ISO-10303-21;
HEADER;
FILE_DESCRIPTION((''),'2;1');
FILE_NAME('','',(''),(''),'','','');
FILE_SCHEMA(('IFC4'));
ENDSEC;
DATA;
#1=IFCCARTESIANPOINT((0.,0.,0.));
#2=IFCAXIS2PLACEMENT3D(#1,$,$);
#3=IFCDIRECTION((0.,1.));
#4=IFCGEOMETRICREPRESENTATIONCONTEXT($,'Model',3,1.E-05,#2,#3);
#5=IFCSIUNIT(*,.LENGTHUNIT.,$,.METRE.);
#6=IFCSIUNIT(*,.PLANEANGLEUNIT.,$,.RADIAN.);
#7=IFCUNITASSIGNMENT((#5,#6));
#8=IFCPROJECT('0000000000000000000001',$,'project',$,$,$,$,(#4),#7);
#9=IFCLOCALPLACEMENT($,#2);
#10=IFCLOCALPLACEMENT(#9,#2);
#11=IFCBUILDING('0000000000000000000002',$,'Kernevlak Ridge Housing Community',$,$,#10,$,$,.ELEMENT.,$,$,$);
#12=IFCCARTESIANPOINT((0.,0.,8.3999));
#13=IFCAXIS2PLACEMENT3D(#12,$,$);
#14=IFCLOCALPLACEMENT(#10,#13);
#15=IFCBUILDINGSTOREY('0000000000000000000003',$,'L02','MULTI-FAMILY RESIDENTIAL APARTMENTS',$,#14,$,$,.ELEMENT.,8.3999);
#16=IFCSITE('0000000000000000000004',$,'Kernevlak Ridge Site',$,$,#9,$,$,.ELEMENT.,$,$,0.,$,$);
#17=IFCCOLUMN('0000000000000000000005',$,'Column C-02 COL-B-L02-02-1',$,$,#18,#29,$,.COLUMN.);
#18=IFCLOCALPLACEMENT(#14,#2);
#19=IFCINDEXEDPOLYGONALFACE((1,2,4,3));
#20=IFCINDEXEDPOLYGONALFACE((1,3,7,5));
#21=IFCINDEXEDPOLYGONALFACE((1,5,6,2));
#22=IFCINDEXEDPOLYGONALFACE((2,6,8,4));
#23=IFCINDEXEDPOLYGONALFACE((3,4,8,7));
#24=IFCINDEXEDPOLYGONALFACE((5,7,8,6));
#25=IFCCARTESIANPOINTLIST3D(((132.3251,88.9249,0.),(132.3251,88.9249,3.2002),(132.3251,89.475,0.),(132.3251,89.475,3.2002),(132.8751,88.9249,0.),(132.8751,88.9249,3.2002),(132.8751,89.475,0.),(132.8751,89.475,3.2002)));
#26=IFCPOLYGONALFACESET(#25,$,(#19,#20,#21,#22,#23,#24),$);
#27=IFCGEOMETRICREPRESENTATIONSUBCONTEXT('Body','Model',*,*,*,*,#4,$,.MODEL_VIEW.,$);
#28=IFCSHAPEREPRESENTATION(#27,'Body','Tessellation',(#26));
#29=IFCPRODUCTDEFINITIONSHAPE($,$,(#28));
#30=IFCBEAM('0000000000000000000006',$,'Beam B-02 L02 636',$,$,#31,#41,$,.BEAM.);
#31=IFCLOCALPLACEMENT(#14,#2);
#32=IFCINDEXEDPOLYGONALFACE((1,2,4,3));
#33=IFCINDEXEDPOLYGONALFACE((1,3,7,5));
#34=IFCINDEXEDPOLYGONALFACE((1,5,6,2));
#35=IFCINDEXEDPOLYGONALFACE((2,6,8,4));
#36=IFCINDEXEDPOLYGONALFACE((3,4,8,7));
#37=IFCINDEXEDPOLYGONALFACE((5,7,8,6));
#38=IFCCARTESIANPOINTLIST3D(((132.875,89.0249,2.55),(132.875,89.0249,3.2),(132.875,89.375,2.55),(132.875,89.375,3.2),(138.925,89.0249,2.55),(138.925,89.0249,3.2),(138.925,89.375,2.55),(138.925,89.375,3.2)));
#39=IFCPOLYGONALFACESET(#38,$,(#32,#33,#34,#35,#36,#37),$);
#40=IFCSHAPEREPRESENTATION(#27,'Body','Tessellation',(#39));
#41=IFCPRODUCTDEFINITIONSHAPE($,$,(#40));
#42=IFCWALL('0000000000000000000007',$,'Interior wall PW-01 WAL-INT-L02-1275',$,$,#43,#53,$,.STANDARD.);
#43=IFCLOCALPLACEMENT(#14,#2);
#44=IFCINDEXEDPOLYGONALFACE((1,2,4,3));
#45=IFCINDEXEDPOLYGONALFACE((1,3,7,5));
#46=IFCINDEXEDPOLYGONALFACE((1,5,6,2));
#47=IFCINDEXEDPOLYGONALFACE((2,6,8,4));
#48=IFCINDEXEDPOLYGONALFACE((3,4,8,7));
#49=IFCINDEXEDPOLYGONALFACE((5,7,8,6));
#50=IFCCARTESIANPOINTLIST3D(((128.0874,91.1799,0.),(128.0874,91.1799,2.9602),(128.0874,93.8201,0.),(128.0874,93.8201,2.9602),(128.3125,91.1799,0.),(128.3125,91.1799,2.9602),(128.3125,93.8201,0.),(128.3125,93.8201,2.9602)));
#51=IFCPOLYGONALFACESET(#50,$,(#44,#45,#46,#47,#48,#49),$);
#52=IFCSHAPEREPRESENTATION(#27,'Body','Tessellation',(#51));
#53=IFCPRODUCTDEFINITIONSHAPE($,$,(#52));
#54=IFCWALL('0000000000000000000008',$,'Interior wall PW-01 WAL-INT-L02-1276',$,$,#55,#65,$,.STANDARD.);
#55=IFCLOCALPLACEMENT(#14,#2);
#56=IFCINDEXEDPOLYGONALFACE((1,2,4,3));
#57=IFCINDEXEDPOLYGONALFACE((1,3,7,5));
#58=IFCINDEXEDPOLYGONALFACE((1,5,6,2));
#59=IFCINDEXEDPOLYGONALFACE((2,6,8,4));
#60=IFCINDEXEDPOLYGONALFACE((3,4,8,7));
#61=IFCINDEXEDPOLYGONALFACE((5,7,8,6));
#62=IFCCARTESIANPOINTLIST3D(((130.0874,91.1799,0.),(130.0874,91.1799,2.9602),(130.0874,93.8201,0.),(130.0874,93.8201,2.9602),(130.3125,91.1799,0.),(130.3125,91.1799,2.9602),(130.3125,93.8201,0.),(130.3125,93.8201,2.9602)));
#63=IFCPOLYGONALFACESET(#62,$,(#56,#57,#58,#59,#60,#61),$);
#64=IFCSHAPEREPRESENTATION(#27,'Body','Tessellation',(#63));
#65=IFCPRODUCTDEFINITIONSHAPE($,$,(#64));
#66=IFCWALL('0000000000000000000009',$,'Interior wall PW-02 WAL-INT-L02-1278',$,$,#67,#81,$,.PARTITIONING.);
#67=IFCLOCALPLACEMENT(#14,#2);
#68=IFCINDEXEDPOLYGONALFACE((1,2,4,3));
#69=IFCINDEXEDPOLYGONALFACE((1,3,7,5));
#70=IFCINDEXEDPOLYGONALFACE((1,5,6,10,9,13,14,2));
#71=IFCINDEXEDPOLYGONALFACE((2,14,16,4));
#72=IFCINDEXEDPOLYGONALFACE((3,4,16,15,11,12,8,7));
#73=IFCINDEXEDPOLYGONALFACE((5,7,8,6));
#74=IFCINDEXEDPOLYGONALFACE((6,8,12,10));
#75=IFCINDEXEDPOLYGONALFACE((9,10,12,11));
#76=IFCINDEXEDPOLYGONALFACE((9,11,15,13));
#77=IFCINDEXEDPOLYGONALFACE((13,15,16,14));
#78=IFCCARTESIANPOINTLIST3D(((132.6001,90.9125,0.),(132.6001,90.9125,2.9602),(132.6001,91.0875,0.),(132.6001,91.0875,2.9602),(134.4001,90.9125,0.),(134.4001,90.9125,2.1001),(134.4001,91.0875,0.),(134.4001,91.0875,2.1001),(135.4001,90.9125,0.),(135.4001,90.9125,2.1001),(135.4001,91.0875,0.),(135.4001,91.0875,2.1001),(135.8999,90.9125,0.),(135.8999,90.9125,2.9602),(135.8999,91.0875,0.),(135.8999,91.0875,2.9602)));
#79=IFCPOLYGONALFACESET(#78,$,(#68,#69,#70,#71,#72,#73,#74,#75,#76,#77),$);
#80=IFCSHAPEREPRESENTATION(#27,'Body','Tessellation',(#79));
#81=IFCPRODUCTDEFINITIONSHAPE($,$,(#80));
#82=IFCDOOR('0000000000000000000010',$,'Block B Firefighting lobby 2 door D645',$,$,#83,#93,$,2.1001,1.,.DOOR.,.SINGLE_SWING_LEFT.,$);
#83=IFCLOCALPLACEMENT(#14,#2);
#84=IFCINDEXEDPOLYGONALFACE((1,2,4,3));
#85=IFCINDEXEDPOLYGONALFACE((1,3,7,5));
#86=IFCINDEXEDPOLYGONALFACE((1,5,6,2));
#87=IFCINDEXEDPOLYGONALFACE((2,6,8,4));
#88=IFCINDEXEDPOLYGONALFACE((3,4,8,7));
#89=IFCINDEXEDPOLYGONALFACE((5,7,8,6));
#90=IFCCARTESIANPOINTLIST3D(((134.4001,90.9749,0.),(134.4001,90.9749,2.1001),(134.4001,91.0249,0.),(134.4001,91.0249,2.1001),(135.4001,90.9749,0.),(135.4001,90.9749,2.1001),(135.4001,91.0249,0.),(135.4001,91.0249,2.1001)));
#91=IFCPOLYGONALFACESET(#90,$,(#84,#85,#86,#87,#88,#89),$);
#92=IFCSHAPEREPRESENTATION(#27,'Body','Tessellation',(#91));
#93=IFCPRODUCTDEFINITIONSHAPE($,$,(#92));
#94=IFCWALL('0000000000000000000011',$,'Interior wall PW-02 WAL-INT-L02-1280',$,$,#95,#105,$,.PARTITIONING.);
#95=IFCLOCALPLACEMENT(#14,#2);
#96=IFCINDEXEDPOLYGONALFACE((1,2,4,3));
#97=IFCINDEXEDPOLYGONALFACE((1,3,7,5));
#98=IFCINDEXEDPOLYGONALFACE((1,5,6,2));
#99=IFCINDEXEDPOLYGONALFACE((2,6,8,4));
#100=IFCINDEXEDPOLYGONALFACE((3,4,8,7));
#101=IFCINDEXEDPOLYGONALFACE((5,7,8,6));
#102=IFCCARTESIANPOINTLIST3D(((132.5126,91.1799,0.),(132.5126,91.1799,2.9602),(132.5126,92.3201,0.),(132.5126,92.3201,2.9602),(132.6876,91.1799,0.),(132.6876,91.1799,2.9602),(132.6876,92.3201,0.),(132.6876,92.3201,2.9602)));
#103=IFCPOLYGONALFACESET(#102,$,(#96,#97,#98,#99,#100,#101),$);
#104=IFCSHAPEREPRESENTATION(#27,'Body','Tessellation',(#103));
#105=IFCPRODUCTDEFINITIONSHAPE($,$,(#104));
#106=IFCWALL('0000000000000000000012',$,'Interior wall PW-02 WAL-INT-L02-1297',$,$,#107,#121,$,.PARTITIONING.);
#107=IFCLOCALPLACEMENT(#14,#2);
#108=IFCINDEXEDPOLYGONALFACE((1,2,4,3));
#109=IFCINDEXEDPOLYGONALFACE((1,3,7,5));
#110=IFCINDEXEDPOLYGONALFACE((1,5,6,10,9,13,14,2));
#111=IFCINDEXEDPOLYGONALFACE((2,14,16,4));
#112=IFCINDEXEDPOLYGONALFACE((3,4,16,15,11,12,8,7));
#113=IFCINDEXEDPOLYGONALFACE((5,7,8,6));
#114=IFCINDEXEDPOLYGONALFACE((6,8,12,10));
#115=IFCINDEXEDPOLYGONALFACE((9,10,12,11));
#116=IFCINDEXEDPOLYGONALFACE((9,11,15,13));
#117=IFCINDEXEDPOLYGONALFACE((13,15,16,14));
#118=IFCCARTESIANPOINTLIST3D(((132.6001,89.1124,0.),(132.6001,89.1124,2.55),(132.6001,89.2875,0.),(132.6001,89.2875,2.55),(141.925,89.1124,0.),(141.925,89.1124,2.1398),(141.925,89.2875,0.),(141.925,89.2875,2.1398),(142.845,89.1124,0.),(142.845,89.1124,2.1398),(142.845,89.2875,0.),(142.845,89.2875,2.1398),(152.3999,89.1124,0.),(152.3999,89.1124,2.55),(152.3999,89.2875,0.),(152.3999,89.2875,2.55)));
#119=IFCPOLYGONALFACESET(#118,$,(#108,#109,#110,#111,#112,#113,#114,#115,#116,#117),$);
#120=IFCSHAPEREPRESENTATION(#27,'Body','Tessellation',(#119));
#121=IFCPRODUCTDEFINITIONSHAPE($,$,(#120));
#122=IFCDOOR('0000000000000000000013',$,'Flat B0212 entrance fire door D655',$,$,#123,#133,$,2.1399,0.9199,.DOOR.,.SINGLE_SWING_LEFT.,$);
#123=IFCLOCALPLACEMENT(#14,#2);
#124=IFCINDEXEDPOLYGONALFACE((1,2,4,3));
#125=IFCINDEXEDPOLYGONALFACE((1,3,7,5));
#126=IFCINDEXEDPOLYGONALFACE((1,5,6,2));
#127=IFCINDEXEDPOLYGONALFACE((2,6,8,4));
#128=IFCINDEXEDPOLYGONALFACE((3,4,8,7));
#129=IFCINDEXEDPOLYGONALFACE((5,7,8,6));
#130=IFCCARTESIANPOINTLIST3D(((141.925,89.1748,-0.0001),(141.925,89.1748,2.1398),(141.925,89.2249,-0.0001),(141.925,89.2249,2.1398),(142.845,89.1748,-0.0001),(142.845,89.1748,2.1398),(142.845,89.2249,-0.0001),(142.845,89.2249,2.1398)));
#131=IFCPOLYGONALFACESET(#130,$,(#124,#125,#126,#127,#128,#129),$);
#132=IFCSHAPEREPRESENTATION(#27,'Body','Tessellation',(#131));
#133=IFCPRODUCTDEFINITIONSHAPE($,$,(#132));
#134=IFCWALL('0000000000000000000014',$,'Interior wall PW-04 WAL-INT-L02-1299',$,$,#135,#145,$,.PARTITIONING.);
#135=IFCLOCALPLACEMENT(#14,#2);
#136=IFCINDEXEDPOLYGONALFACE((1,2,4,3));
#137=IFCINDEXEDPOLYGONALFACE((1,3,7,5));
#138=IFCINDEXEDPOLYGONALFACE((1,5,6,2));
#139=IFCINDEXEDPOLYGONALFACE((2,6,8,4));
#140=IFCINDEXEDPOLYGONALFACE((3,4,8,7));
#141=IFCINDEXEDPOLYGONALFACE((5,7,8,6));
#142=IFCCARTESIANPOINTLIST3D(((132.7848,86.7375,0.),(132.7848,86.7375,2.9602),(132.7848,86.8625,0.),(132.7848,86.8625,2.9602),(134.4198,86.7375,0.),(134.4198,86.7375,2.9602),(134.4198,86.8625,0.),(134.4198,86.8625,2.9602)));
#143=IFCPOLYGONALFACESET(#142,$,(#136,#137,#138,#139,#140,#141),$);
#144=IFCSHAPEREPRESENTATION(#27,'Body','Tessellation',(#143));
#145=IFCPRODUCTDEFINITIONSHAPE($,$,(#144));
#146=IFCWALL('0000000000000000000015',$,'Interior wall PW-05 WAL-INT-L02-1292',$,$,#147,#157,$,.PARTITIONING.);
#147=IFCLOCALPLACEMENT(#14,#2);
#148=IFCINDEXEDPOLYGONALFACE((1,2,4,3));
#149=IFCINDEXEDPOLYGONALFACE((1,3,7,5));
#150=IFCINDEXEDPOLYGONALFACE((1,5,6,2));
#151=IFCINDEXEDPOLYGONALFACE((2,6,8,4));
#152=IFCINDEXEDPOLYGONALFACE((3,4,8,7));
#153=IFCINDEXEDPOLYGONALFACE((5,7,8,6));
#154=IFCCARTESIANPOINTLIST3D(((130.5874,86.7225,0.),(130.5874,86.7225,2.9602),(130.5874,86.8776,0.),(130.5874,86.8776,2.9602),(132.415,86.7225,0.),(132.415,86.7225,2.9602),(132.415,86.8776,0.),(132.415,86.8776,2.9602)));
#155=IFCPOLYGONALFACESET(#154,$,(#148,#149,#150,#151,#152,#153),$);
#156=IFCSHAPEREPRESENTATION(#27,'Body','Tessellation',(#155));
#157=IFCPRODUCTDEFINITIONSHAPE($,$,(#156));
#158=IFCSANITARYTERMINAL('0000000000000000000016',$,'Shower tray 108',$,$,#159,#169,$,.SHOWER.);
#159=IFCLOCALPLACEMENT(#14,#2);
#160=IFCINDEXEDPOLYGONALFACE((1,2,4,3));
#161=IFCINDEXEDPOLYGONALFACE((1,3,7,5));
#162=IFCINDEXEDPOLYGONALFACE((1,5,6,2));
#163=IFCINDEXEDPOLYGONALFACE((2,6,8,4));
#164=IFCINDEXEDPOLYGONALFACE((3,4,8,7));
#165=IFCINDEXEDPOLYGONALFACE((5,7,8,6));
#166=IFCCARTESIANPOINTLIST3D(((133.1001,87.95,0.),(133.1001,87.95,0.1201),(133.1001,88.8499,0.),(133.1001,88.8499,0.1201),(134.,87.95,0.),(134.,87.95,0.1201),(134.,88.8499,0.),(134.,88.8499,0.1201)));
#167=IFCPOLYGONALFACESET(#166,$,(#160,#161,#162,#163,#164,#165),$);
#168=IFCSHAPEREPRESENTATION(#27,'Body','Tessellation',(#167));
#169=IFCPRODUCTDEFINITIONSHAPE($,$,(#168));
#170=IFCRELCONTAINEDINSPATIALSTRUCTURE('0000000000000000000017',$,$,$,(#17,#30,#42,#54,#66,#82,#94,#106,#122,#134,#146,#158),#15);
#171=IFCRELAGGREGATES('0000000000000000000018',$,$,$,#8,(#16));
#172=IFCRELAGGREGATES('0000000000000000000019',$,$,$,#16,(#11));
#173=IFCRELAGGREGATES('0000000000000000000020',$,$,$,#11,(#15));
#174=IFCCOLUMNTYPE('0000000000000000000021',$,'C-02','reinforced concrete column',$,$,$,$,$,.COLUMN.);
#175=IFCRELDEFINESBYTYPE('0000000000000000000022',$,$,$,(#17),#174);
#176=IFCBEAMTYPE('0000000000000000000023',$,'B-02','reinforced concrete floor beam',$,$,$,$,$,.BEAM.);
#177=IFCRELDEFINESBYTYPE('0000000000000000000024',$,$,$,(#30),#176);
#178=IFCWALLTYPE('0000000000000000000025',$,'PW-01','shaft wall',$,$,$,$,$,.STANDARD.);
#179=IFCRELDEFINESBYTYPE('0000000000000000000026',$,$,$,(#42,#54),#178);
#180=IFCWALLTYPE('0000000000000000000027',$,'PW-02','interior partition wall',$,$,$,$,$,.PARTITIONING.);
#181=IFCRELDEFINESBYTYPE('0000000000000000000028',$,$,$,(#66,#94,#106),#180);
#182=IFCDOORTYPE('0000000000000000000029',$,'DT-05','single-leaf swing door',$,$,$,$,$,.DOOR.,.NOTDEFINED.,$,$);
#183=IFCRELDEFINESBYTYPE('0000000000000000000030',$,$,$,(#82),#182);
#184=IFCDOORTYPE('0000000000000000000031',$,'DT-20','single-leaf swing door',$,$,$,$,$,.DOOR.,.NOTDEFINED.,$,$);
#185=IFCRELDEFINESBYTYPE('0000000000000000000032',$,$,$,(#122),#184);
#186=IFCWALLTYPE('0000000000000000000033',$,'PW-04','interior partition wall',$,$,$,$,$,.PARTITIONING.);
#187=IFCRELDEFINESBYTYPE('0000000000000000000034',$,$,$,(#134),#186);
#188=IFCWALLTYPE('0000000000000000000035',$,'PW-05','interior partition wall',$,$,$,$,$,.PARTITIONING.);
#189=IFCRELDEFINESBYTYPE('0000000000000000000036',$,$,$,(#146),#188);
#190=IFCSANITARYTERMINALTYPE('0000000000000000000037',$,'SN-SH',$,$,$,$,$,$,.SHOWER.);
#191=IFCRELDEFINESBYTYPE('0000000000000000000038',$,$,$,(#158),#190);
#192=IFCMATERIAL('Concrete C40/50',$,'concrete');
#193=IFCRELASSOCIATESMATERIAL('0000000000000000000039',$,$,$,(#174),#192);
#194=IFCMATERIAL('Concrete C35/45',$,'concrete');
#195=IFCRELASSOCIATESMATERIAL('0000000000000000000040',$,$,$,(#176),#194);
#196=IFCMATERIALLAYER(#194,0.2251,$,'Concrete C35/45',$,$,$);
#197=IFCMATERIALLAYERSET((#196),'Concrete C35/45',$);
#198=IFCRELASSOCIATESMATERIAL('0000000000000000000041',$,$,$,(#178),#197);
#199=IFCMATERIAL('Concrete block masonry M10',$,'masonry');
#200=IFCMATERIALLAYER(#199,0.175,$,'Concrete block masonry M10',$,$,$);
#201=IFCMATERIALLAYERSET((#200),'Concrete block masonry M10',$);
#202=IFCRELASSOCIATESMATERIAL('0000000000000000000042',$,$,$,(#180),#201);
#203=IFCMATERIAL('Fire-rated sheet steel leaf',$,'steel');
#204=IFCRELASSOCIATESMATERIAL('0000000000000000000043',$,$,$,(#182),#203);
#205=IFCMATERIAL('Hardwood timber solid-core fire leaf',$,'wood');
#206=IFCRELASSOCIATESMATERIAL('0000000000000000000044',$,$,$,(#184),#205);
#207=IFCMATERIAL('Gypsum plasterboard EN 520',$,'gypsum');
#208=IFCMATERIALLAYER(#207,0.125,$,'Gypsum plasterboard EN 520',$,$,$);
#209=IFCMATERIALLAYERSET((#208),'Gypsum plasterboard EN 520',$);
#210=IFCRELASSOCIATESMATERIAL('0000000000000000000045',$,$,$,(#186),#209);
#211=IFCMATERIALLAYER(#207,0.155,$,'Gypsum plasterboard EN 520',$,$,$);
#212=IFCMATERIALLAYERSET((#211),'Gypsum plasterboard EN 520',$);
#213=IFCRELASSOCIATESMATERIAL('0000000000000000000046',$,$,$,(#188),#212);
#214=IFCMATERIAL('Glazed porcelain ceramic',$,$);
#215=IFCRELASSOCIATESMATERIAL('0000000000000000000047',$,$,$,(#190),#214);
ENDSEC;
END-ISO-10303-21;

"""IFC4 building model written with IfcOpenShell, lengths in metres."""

from ifc_helpers import new_model, si_unit, direction, frame, frame_2d, origin, origin_2d, place, context, subcontext, project, spatial, rectangle, extrude, material, layer, layer_set, material_profile, profile_set, type_object, element, fill, save


model = new_model("IFC4")

# Units and contexts
model_context = context("Model", 3, precision=1e-05, world=origin(), true_north=direction((0.0, 1.0)))
body_context = subcontext(model_context, "Body", "Model", "MODEL_VIEW")
ifc_project = project(units=[si_unit("LENGTHUNIT", "METRE"), si_unit("PLANEANGLEUNIT", "RADIAN")], contexts=[model_context])

# Site, building, storey
site_placement = place(None, origin())
site = spatial("IfcSite", under=ifc_project, at=site_placement, Name="Kernevlak Ridge Site", CompositionType="ELEMENT", RefElevation=0.0)
building_placement = place(site_placement, origin())
building = spatial("IfcBuilding", under=site, at=building_placement, Name="Kernevlak Ridge Housing Community", CompositionType="ELEMENT")
storey_placement = place(building_placement, frame((0.0, 0.0, 8.3999)))
storey = spatial("IfcBuildingStorey", under=building, at=storey_placement, Name="L02", Description="MULTI-FAMILY RESIDENTIAL APARTMENTS", CompositionType="ELEMENT", Elevation=8.3999)

# Column
ifc_material_1 = material(Name="Concrete C40/50", Category="concrete")
ifc_material_profile_1 = material_profile(ifc_material_1, rectangle(XDim=0.55, YDim=0.55, at=origin_2d()), Name="RC 550x550")
ifc_profile_set_1 = profile_set([ifc_material_profile_1], Name="Concrete C40/50")
column_type = type_object("IfcColumnType", Name="C-02", Description="reinforced concrete column", PredefinedType="COLUMN", material=ifc_profile_set_1)
column_placement = place(storey_placement, frame((132.6001, 89.2, 0.0), z_axis=(0.0, 0.0, 1.0), x_axis=(1.0, 0.0, 0.0)))
element("IfcColumn", 1, at=column_placement, inside=storey, type_object=column_type, Name="Column C-02 COL-B-L02-02-1", PredefinedType="COLUMN", context=body_context, shape_type="SweptSolid", body=[
    extrude(rectangle(XDim=0.55, YDim=0.55, at=origin_2d()), origin(), (0.0, 0.0, 1.0), 3.2002),
])

# Beam
ifc_material_2 = material(Name="Concrete C35/45", Category="concrete")
ifc_material_profile_2 = material_profile(ifc_material_2, rectangle(XDim=0.3501, YDim=0.6499, at=origin_2d()), Name="RC 350x650")
ifc_profile_set_2 = profile_set([ifc_material_profile_2], Name="Concrete C35/45")
beam_type = type_object("IfcBeamType", Name="B-02", Description="reinforced concrete floor beam", PredefinedType="BEAM", material=ifc_profile_set_2)
beam_placement = place(storey_placement, frame((132.875, 89.2, 2.875), z_axis=(1.0, 0.0, 0.0), x_axis=(0.0, 1.0, 0.0)))
element("IfcBeam", 2, at=beam_placement, inside=storey, type_object=beam_type, Name="Beam B-02 L02 636", PredefinedType="BEAM", context=body_context, shape_type="SweptSolid", body=[
    extrude(rectangle(XDim=0.3501, YDim=0.6499, at=origin_2d()), origin(), (0.0, 0.0, 1.0), 6.05),
])

# Walls
ifc_layer_1 = layer(ifc_material_2, 0.2251, Name="Concrete C35/45")
ifc_layer_set_1 = layer_set([ifc_layer_1], Name="Concrete C35/45")
wall_type_1 = type_object("IfcWallType", Name="PW-01", Description="shaft wall", PredefinedType="STANDARD", material=ifc_layer_set_1)
for number, where, z_axis, x_axis, name in (
    (3, (128.2, 91.1799, 0.0), (0.0, 0.0, 1.0), (0.0, 1.0, 0.0), "Interior wall PW-01 WAL-INT-L02-1275"),
    (4, (130.2, 91.1799, 0.0), (0.0, 0.0, 1.0), (0.0, 1.0, 0.0), "Interior wall PW-01 WAL-INT-L02-1276"),
):
    element("IfcWall", number, at=place(storey_placement, frame(where, z_axis=z_axis, x_axis=x_axis)), inside=storey, type_object=wall_type_1, Name=name, PredefinedType="STANDARD", context=body_context, shape_type="SweptSolid", body=[
        extrude(rectangle(XDim=2.6401, YDim=0.2251, at=frame_2d((1.3201, 0.0))), origin(), (0.0, 0.0, 1.0), 2.9602),
    ])

# Wall, opening, door
ifc_material_3 = material(Name="Fire-rated sheet steel leaf", Category="steel")
ifc_material_4 = material(Name="Concrete block masonry M10", Category="masonry")
ifc_layer_2 = layer(ifc_material_4, 0.175, Name="Concrete block masonry M10")
ifc_layer_set_2 = layer_set([ifc_layer_2], Name="Concrete block masonry M10")
wall_type_2 = type_object("IfcWallType", Name="PW-02", Description="interior partition wall", PredefinedType="PARTITIONING", material=ifc_layer_set_2)
wall_1_placement = place(storey_placement, frame((132.6001, 91.0, 0.0), z_axis=(0.0, 0.0, 1.0), x_axis=(1.0, 0.0, 0.0)))
wall_1 = element("IfcWall", 5, at=wall_1_placement, inside=storey, type_object=wall_type_2, Name="Interior wall PW-02 WAL-INT-L02-1278", PredefinedType="PARTITIONING", context=body_context, shape_type="SweptSolid", body=[
    extrude(rectangle(XDim=3.2998, YDim=0.175, at=frame_2d((1.6499, 0.0))), origin(), (0.0, 0.0, 1.0), 2.9602),
])
opening_1_placement = place(wall_1_placement, frame((1.8, 0.0, 0.0)))
opening_1 = element("IfcOpeningElement", 6, at=opening_1_placement, cuts=wall_1, PredefinedType="OPENING", context=body_context, shape_type="SweptSolid", body=[
    extrude(rectangle(XDim=1.0, YDim=2.1001, at=frame_2d((0.5, 1.05))), frame((0.0, 0.0974, 0.0), z_axis=(0.0, -1.0, 0.0), x_axis=(1.0, 0.0, 0.0)), (0.0, 0.0, 1.0), 0.1951),
])
door_type_1 = type_object("IfcDoorType", Name="DT-05", Description="single-leaf swing door", OperationType="NOTDEFINED", PredefinedType="DOOR", material=ifc_material_3)
door_1_placement = place(opening_1_placement, origin())
door_1 = element("IfcDoor", 7, at=door_1_placement, inside=storey, type_object=door_type_1, Name="Block B Firefighting lobby 2 door D645", OperationType="SINGLE_SWING_LEFT", OverallHeight=2.1001, OverallWidth=1.0, PredefinedType="DOOR", context=body_context, shape_type="SweptSolid", body=[
    extrude(rectangle(XDim=1.0, YDim=2.1001, at=frame_2d((0.5, 1.05))), frame((0.0, 0.0249, 0.0), z_axis=(0.0, -1.0, 0.0), x_axis=(1.0, 0.0, 0.0)), (0.0, 0.0, 1.0), 0.05),
])
fill(opening_1, door_1)

# Wall
wall_2_placement = place(storey_placement, frame((132.6001, 91.1799, 0.0), z_axis=(0.0, 0.0, 1.0), x_axis=(0.0, 1.0, 0.0)))
element("IfcWall", 8, at=wall_2_placement, inside=storey, type_object=wall_type_2, Name="Interior wall PW-02 WAL-INT-L02-1280", PredefinedType="PARTITIONING", context=body_context, shape_type="SweptSolid", body=[
    extrude(rectangle(XDim=1.1401, YDim=0.175, at=frame_2d((0.5701, 0.0))), origin(), (0.0, 0.0, 1.0), 2.9602),
])

# Wall, opening, door
wall_3_placement = place(storey_placement, frame((132.6001, 89.2, 0.0), z_axis=(0.0, 0.0, 1.0), x_axis=(1.0, 0.0, 0.0)))
wall_3 = element("IfcWall", 9, at=wall_3_placement, inside=storey, type_object=wall_type_2, Name="Interior wall PW-02 WAL-INT-L02-1297", PredefinedType="PARTITIONING", context=body_context, shape_type="SweptSolid", body=[
    extrude(rectangle(XDim=19.7998, YDim=0.175, at=frame_2d((9.8999, 0.0))), origin(), (0.0, 0.0, 1.0), 2.55),
])
opening_2_placement = place(wall_3_placement, frame((9.325, 0.0, 0.0)))
opening_2 = element("IfcOpeningElement", 10, at=opening_2_placement, cuts=wall_3, PredefinedType="OPENING", context=body_context, shape_type="SweptSolid", body=[
    extrude(rectangle(XDim=0.9199, YDim=2.1399, at=frame_2d((0.46, 1.0698))), frame((0.0, 0.0974, 0.0), z_axis=(0.0, -1.0, 0.0), x_axis=(1.0, 0.0, 0.0)), (0.0, 0.0, 1.0), 0.1951),
])
ifc_material_5 = material(Name="Hardwood timber solid-core fire leaf", Category="wood")
door_type_2 = type_object("IfcDoorType", Name="DT-20", Description="single-leaf swing door", OperationType="NOTDEFINED", PredefinedType="DOOR", material=ifc_material_5)
door_2_placement = place(opening_2_placement, origin())
door_2 = element("IfcDoor", 11, at=door_2_placement, inside=storey, type_object=door_type_2, Name="Flat B0212 entrance fire door D655", OperationType="SINGLE_SWING_LEFT", OverallHeight=2.1399, OverallWidth=0.9199, PredefinedType="DOOR", context=body_context, shape_type="SweptSolid", body=[
    extrude(rectangle(XDim=0.9199, YDim=2.1399, at=frame_2d((0.46, 1.0698))), frame((0.0, 0.0249, 0.0), z_axis=(0.0, -1.0, 0.0), x_axis=(1.0, 0.0, 0.0)), (0.0, 0.0, 1.0), 0.05),
])
fill(opening_2, door_2)

# Wall
ifc_material_6 = material(Name="Gypsum plasterboard EN 520", Category="gypsum")
ifc_layer_3 = layer(ifc_material_6, 0.125, Name="Gypsum plasterboard EN 520")
ifc_layer_set_3 = layer_set([ifc_layer_3], Name="Gypsum plasterboard EN 520")
wall_type_3 = type_object("IfcWallType", Name="PW-04", Description="interior partition wall", PredefinedType="PARTITIONING", material=ifc_layer_set_3)
wall_4_placement = place(storey_placement, frame((132.7849, 86.8, 0.0), z_axis=(0.0, 0.0, 1.0), x_axis=(1.0, 0.0, 0.0)))
element("IfcWall", 12, at=wall_4_placement, inside=storey, type_object=wall_type_3, Name="Interior wall PW-04 WAL-INT-L02-1299", PredefinedType="PARTITIONING", context=body_context, shape_type="SweptSolid", body=[
    extrude(rectangle(XDim=1.635, YDim=0.125, at=frame_2d((0.8174, 0.0))), origin(), (0.0, 0.0, 1.0), 2.9602),
])

# Shared definitions
ifc_layer_4 = layer(ifc_material_6, 0.155, Name="Gypsum plasterboard EN 520")
ifc_layer_set_4 = layer_set([ifc_layer_4], Name="Gypsum plasterboard EN 520")
wall_type_4 = type_object("IfcWallType", Name="PW-05", Description="interior partition wall", PredefinedType="PARTITIONING", material=ifc_layer_set_4)

# Wall
wall_5_placement = place(storey_placement, frame((130.5874, 86.8, 0.0), z_axis=(0.0, 0.0, 1.0), x_axis=(1.0, 0.0, 0.0)))
element("IfcWall", 13, at=wall_5_placement, inside=storey, type_object=wall_type_4, Name="Interior wall PW-05 WAL-INT-L02-1292", PredefinedType="PARTITIONING", context=body_context, shape_type="SweptSolid", body=[
    extrude(rectangle(XDim=1.8276, YDim=0.155, at=frame_2d((0.9138, 0.0))), origin(), (0.0, 0.0, 1.0), 2.9602),
])

# Sanitary terminal
ifc_material_7 = material(Name="Glazed porcelain ceramic")
sanitary_terminal_type_1 = type_object("IfcSanitaryTerminalType", Name="SN-SH", PredefinedType="SHOWER", material=ifc_material_7)
sanitary_terminal_1_placement = place(storey_placement, frame((133.55, 88.3999, 0.0), z_axis=(0.0, 0.0, 1.0), x_axis=(1.0, 0.0, 0.0)))
element("IfcSanitaryTerminal", 14, at=sanitary_terminal_1_placement, inside=storey, type_object=sanitary_terminal_type_1, Name="Shower tray 108", PredefinedType="SHOWER", context=body_context, shape_type="SweptSolid", body=[
    extrude(rectangle(XDim=0.8999, YDim=0.8999, at=origin_2d()), origin(), (0.0, 0.0, 1.0), 0.1201),
])

save(model, "model.ifc")
